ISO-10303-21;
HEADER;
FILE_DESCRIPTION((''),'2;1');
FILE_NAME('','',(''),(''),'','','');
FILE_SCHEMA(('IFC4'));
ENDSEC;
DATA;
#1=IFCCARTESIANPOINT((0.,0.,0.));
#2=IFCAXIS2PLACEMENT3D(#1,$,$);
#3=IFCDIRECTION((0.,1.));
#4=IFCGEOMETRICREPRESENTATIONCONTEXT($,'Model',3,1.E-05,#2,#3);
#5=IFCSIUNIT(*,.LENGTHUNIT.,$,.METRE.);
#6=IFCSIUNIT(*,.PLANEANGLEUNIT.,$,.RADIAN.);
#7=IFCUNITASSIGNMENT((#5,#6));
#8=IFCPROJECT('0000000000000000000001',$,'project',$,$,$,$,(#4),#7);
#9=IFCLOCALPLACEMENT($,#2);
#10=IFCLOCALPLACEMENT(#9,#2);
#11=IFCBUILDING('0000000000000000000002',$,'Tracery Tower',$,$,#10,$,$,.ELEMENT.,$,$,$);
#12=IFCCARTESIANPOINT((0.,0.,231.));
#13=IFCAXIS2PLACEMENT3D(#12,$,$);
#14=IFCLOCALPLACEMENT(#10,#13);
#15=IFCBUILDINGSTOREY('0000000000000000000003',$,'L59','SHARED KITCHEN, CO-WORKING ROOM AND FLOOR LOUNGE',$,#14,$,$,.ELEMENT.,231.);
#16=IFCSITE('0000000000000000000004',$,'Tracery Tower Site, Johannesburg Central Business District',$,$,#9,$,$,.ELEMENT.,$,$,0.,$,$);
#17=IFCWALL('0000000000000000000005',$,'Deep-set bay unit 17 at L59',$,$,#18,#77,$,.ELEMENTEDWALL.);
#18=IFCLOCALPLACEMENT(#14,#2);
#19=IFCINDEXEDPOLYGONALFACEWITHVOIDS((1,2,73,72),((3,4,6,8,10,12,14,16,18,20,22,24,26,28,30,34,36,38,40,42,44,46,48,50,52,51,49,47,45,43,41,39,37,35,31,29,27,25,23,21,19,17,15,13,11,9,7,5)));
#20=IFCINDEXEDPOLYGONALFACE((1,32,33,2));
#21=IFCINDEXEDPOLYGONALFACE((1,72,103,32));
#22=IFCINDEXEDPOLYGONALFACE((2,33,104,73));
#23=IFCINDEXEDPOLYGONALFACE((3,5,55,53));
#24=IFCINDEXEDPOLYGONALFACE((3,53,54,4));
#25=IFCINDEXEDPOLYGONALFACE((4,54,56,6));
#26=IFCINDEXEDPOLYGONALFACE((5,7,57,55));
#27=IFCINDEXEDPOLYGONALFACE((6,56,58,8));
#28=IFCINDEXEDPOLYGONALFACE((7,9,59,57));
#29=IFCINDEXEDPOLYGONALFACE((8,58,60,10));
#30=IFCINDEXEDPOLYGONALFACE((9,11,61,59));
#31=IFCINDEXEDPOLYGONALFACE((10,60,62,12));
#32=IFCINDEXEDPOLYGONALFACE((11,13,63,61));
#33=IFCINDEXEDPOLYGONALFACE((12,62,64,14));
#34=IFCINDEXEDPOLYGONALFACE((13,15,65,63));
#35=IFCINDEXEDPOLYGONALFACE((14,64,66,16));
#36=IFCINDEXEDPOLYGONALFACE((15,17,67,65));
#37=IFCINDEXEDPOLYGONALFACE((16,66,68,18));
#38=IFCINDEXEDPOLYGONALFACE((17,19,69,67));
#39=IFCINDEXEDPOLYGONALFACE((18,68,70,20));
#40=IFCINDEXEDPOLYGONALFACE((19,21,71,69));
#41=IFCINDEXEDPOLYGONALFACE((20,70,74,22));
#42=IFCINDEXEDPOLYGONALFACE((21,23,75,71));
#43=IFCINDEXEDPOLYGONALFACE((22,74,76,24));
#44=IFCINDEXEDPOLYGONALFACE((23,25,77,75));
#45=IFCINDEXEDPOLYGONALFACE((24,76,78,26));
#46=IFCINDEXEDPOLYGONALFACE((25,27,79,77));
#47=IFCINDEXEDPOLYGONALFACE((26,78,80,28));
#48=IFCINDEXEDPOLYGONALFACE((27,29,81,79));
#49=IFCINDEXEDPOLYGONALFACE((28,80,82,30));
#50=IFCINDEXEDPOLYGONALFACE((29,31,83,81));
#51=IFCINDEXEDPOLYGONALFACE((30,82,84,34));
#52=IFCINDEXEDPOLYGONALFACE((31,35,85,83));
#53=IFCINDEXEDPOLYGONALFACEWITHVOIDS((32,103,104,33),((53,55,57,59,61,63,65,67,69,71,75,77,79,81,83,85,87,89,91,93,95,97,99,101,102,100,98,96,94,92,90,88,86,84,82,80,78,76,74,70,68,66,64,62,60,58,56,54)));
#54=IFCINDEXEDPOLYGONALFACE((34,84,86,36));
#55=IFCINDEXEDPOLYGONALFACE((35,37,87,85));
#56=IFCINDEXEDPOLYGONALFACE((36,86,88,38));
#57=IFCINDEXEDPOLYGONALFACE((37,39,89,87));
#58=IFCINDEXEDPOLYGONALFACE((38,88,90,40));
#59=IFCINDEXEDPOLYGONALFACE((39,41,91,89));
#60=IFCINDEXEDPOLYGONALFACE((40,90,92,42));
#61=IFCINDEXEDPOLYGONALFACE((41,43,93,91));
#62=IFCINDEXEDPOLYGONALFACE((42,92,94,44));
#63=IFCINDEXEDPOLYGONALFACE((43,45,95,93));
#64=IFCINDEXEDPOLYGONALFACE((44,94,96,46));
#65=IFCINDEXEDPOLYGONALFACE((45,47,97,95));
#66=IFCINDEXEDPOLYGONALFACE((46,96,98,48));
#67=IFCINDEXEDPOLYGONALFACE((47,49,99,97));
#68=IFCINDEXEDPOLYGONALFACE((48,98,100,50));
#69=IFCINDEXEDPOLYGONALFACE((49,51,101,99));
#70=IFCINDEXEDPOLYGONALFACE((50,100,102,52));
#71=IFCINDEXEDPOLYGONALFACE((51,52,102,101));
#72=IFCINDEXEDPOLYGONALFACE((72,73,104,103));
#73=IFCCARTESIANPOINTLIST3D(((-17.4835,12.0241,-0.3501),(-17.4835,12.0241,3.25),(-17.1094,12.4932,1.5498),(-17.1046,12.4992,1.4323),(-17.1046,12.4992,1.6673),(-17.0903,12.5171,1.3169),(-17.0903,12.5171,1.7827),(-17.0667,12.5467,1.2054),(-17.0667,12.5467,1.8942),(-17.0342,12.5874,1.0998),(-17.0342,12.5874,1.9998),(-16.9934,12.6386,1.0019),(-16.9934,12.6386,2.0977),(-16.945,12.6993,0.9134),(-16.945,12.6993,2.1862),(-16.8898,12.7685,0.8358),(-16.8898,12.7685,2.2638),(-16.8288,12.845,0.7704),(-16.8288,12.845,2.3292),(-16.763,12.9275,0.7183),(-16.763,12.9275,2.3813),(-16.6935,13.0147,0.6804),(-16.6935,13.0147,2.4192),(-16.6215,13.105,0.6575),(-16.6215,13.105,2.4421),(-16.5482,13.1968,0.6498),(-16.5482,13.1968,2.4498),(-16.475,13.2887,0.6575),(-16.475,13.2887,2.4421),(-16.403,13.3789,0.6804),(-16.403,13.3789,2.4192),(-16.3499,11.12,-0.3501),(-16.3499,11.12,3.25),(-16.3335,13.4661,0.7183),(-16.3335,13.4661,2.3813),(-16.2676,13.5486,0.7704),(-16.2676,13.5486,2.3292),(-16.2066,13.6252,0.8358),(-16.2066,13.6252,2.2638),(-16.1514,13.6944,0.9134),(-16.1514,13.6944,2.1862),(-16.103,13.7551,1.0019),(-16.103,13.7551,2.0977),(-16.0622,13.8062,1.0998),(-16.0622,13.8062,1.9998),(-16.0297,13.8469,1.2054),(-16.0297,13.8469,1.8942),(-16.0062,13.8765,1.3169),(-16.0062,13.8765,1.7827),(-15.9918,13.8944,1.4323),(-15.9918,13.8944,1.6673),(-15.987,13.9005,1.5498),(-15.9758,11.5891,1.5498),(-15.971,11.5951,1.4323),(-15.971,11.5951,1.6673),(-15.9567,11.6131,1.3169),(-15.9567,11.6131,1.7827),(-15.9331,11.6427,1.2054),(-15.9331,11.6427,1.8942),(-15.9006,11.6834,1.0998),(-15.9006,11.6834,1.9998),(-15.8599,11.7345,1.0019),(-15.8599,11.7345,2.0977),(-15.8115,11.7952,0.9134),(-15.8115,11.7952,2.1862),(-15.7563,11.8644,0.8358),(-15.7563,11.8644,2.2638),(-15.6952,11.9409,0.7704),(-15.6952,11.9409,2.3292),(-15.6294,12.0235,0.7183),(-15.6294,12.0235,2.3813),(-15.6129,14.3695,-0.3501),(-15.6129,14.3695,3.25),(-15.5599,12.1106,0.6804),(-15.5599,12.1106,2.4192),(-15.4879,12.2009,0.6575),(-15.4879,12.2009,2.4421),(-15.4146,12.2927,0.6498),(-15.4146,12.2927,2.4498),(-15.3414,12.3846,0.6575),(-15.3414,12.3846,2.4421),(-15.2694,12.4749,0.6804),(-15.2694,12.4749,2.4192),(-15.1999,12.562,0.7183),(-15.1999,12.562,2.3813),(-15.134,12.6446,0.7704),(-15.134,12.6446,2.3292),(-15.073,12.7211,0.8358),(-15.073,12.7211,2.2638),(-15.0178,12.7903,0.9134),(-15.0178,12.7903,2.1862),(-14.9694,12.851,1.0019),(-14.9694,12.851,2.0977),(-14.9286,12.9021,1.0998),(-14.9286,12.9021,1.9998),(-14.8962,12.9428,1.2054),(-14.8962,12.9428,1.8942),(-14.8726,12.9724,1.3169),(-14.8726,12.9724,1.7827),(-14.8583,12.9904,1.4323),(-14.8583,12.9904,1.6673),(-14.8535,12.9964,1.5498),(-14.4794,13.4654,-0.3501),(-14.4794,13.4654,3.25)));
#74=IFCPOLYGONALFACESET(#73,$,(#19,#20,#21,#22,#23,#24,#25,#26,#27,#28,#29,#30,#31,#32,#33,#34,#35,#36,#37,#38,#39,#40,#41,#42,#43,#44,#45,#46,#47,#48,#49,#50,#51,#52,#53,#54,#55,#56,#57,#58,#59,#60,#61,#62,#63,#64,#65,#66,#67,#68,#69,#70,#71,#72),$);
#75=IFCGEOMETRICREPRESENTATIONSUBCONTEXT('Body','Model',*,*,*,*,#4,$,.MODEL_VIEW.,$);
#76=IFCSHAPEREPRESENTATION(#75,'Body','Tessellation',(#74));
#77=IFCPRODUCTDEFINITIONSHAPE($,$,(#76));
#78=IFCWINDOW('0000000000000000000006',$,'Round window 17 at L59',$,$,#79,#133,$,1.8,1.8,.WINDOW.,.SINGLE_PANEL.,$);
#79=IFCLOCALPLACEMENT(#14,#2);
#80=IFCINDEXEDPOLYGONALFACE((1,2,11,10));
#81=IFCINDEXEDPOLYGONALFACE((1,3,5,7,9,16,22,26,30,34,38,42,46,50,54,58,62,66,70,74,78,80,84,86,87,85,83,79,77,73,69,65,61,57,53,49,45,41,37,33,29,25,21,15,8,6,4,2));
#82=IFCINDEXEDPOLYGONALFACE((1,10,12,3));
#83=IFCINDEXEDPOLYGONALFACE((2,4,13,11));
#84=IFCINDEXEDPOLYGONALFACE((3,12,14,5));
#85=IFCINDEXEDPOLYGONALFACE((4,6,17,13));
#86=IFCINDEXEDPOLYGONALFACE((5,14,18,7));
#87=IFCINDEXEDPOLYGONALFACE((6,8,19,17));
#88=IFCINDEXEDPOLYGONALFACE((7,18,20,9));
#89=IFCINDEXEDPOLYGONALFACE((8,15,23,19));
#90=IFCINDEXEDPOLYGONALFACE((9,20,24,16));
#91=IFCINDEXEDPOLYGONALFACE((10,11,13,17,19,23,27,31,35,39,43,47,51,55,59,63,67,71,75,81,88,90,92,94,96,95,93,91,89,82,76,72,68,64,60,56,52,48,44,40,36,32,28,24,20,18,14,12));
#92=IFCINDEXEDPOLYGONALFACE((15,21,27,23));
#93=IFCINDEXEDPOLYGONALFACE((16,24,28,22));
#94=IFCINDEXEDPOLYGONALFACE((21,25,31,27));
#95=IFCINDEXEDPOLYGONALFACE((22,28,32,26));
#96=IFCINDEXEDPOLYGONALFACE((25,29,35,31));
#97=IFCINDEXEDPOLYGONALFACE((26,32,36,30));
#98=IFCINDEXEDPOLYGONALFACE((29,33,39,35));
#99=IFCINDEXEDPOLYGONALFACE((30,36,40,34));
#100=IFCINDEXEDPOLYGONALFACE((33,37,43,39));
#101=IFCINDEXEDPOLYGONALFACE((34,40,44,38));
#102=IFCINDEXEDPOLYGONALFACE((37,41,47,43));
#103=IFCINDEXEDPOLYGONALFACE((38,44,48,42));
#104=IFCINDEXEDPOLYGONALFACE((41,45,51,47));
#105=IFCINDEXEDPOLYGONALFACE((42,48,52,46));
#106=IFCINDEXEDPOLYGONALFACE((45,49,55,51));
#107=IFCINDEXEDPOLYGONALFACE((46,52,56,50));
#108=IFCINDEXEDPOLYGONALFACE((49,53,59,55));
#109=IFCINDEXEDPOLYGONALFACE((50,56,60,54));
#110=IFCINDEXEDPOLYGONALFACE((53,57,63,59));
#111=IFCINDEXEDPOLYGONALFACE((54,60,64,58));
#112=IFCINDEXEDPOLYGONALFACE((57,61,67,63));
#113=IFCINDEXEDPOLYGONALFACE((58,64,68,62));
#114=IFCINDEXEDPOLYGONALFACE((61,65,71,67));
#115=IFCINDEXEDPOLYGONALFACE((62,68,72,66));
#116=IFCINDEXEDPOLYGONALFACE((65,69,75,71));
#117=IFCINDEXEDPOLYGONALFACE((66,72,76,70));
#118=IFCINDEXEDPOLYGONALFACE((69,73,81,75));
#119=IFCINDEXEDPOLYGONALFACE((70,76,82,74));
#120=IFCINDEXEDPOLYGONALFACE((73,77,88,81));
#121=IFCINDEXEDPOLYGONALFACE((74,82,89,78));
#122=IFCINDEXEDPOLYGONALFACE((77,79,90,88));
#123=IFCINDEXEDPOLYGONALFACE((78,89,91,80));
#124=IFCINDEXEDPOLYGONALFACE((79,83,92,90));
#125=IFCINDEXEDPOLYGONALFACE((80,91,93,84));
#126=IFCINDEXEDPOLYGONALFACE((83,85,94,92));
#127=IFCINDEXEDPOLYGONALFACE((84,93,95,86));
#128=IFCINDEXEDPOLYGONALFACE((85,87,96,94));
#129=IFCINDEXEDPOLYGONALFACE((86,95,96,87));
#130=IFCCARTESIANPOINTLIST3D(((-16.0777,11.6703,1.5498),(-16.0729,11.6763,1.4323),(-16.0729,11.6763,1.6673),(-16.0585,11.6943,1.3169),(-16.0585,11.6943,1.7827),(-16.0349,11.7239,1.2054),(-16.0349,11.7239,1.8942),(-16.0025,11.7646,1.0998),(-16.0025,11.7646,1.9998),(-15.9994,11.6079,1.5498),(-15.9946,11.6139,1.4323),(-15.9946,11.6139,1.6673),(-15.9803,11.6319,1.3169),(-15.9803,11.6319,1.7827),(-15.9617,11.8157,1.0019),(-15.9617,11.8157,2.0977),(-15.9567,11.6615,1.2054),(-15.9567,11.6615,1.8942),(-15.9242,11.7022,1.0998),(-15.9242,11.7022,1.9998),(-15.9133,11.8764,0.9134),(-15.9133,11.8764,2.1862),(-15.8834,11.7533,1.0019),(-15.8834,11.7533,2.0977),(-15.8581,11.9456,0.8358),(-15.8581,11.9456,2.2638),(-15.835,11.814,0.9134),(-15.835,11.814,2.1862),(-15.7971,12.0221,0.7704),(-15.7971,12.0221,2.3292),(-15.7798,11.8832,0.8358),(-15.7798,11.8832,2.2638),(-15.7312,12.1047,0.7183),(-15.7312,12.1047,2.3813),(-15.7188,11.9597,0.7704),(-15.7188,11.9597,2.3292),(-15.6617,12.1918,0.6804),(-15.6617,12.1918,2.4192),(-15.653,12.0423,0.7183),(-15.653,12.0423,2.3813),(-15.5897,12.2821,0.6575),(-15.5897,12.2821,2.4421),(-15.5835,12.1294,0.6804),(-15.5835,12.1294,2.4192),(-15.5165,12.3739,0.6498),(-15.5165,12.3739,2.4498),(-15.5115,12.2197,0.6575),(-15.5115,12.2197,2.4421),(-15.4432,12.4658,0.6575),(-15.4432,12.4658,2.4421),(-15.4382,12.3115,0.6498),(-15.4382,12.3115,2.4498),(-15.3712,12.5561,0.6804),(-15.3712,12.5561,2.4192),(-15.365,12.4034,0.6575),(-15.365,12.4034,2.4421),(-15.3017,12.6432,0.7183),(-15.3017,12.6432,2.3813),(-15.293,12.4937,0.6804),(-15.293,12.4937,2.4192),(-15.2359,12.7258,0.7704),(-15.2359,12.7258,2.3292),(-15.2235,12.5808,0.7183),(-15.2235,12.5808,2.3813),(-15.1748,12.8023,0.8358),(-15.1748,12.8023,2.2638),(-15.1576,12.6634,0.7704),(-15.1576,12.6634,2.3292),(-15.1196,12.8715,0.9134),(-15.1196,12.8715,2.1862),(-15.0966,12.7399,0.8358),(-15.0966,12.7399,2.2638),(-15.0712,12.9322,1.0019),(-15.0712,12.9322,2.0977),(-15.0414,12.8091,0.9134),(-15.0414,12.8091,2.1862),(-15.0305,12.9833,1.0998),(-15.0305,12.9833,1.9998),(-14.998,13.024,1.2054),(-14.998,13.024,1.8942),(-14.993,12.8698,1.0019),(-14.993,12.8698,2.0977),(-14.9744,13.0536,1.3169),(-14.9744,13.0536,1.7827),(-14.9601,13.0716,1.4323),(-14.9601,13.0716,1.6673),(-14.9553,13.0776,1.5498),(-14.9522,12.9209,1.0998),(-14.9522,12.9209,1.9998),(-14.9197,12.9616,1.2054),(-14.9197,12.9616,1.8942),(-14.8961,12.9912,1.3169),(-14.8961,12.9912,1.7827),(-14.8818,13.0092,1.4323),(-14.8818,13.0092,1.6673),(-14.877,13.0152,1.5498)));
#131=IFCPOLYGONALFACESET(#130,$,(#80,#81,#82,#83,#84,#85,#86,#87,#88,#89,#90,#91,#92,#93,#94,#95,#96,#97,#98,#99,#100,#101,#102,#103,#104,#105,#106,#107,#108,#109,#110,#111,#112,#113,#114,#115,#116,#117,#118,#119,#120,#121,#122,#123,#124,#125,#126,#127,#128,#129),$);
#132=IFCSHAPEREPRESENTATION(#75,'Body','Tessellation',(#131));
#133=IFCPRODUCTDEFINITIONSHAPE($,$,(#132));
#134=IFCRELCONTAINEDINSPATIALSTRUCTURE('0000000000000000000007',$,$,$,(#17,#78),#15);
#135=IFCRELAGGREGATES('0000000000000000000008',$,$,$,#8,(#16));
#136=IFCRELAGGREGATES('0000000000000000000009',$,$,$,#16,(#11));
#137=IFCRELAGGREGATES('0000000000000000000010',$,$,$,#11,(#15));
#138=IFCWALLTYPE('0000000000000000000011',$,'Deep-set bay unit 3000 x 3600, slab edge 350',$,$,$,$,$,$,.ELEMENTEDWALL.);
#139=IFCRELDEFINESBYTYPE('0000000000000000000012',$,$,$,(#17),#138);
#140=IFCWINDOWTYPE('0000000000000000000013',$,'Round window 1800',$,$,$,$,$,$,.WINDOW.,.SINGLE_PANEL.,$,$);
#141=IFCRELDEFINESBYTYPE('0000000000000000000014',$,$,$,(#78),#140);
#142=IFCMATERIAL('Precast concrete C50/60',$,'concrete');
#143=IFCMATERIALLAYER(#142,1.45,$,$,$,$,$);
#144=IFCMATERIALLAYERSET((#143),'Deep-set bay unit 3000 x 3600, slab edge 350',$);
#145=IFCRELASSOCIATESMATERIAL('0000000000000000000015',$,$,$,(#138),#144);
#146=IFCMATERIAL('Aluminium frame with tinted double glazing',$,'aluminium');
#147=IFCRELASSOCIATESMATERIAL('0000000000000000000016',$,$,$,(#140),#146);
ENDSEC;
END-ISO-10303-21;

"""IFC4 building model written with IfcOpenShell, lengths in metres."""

from ifc_helpers import new_model, si_unit, direction, frame, frame_2d, origin, origin_2d, place, context, subcontext, project, spatial, rectangle, circle, extrude, material, layer, layer_set, type_object, element, fill, save


model = new_model("IFC4")

# Units and contexts
model_context = context("Model", 3, precision=1e-05, world=origin(), true_north=direction((0.0, 1.0)))
body_context = subcontext(model_context, "Body", "Model", "MODEL_VIEW")
ifc_project = project(units=[si_unit("LENGTHUNIT", "METRE"), si_unit("PLANEANGLEUNIT", "RADIAN")], contexts=[model_context])

# Site, building, storey
site_placement = place(None, origin())
site = spatial("IfcSite", under=ifc_project, at=site_placement, Name="Tracery Tower Site, Johannesburg Central Business District", CompositionType="ELEMENT", RefElevation=0.0)
building_placement = place(site_placement, origin())
building = spatial("IfcBuilding", under=site, at=building_placement, Name="Tracery Tower", CompositionType="ELEMENT")
storey_placement = place(building_placement, frame((0.0, 0.0, 231.0)))
storey = spatial("IfcBuildingStorey", under=building, at=storey_placement, Name="L59", Description="SHARED KITCHEN, CO-WORKING ROOM AND FLOOR LOUNGE", CompositionType="ELEMENT", Elevation=231.0)

# Wall, opening, window
ifc_material_1 = material(Name="Precast concrete C50/60", Category="concrete")
ifc_layer_1 = layer(ifc_material_1, 1.45)
ifc_layer_set_1 = layer_set([ifc_layer_1], Name="Deep-set bay unit 3000 x 3600, slab edge 350")
wall_type_1 = type_object("IfcWallType", Name="Deep-set bay unit 3000 x 3600, slab edge 350", PredefinedType="ELEMENTEDWALL", material=ifc_layer_set_1)
wall_1_placement = place(storey_placement, frame((-15.0461, 13.9175, -0.3501), z_axis=(0.0, 0.0, 1.0), x_axis=(-0.623523, -0.781805, 0.0)))
wall_1 = element("IfcWall", 1, at=wall_1_placement, inside=storey, type_object=wall_type_1, Name="Deep-set bay unit 17 at L59", PredefinedType="ELEMENTEDWALL", context=body_context, shape_type="SweptSolid", body=[
    extrude(rectangle(XDim=3.0, YDim=1.45, at=frame_2d((1.5, 0.0))), origin(), (0.0, 0.0, 1.0), 3.6001),
])
opening_1_placement = place(wall_1_placement, frame((1.5, 0.0, 1.8999)))
opening_1 = element("IfcOpeningElement", 2, at=opening_1_placement, cuts=wall_1, PredefinedType="OPENING", context=body_context, shape_type="SweptSolid", body=[
    extrude(circle(Radius=0.9, at=origin_2d()), frame((0.0, 0.7349, 0.0), z_axis=(0.0, -1.0, 0.0), x_axis=(1.0, 0.0, 0.0)), (0.0, 0.0, 1.0), 1.47),
])
ifc_material_2 = material(Name="Aluminium frame with tinted double glazing", Category="aluminium")
window_type = type_object("IfcWindowType", Name="Round window 1800", PartitioningType="SINGLE_PANEL", PredefinedType="WINDOW", material=ifc_material_2)
window_1_placement = place(opening_1_placement, origin())
window_1 = element("IfcWindow", 3, at=window_1_placement, inside=storey, type_object=window_type, Name="Round window 17 at L59", OverallHeight=1.8, OverallWidth=1.8, PartitioningType="SINGLE_PANEL", PredefinedType="WINDOW", context=body_context, shape_type="SweptSolid", body=[
    extrude(circle(Radius=0.9, at=origin_2d()), frame((0.0, 0.6948, 0.0), z_axis=(0.0, -1.0, 0.0), x_axis=(1.0, 0.0, 0.0)), (0.0, 0.0, 1.0), 0.1001),
])
fill(opening_1, window_1)

save(model, "model.ifc")
